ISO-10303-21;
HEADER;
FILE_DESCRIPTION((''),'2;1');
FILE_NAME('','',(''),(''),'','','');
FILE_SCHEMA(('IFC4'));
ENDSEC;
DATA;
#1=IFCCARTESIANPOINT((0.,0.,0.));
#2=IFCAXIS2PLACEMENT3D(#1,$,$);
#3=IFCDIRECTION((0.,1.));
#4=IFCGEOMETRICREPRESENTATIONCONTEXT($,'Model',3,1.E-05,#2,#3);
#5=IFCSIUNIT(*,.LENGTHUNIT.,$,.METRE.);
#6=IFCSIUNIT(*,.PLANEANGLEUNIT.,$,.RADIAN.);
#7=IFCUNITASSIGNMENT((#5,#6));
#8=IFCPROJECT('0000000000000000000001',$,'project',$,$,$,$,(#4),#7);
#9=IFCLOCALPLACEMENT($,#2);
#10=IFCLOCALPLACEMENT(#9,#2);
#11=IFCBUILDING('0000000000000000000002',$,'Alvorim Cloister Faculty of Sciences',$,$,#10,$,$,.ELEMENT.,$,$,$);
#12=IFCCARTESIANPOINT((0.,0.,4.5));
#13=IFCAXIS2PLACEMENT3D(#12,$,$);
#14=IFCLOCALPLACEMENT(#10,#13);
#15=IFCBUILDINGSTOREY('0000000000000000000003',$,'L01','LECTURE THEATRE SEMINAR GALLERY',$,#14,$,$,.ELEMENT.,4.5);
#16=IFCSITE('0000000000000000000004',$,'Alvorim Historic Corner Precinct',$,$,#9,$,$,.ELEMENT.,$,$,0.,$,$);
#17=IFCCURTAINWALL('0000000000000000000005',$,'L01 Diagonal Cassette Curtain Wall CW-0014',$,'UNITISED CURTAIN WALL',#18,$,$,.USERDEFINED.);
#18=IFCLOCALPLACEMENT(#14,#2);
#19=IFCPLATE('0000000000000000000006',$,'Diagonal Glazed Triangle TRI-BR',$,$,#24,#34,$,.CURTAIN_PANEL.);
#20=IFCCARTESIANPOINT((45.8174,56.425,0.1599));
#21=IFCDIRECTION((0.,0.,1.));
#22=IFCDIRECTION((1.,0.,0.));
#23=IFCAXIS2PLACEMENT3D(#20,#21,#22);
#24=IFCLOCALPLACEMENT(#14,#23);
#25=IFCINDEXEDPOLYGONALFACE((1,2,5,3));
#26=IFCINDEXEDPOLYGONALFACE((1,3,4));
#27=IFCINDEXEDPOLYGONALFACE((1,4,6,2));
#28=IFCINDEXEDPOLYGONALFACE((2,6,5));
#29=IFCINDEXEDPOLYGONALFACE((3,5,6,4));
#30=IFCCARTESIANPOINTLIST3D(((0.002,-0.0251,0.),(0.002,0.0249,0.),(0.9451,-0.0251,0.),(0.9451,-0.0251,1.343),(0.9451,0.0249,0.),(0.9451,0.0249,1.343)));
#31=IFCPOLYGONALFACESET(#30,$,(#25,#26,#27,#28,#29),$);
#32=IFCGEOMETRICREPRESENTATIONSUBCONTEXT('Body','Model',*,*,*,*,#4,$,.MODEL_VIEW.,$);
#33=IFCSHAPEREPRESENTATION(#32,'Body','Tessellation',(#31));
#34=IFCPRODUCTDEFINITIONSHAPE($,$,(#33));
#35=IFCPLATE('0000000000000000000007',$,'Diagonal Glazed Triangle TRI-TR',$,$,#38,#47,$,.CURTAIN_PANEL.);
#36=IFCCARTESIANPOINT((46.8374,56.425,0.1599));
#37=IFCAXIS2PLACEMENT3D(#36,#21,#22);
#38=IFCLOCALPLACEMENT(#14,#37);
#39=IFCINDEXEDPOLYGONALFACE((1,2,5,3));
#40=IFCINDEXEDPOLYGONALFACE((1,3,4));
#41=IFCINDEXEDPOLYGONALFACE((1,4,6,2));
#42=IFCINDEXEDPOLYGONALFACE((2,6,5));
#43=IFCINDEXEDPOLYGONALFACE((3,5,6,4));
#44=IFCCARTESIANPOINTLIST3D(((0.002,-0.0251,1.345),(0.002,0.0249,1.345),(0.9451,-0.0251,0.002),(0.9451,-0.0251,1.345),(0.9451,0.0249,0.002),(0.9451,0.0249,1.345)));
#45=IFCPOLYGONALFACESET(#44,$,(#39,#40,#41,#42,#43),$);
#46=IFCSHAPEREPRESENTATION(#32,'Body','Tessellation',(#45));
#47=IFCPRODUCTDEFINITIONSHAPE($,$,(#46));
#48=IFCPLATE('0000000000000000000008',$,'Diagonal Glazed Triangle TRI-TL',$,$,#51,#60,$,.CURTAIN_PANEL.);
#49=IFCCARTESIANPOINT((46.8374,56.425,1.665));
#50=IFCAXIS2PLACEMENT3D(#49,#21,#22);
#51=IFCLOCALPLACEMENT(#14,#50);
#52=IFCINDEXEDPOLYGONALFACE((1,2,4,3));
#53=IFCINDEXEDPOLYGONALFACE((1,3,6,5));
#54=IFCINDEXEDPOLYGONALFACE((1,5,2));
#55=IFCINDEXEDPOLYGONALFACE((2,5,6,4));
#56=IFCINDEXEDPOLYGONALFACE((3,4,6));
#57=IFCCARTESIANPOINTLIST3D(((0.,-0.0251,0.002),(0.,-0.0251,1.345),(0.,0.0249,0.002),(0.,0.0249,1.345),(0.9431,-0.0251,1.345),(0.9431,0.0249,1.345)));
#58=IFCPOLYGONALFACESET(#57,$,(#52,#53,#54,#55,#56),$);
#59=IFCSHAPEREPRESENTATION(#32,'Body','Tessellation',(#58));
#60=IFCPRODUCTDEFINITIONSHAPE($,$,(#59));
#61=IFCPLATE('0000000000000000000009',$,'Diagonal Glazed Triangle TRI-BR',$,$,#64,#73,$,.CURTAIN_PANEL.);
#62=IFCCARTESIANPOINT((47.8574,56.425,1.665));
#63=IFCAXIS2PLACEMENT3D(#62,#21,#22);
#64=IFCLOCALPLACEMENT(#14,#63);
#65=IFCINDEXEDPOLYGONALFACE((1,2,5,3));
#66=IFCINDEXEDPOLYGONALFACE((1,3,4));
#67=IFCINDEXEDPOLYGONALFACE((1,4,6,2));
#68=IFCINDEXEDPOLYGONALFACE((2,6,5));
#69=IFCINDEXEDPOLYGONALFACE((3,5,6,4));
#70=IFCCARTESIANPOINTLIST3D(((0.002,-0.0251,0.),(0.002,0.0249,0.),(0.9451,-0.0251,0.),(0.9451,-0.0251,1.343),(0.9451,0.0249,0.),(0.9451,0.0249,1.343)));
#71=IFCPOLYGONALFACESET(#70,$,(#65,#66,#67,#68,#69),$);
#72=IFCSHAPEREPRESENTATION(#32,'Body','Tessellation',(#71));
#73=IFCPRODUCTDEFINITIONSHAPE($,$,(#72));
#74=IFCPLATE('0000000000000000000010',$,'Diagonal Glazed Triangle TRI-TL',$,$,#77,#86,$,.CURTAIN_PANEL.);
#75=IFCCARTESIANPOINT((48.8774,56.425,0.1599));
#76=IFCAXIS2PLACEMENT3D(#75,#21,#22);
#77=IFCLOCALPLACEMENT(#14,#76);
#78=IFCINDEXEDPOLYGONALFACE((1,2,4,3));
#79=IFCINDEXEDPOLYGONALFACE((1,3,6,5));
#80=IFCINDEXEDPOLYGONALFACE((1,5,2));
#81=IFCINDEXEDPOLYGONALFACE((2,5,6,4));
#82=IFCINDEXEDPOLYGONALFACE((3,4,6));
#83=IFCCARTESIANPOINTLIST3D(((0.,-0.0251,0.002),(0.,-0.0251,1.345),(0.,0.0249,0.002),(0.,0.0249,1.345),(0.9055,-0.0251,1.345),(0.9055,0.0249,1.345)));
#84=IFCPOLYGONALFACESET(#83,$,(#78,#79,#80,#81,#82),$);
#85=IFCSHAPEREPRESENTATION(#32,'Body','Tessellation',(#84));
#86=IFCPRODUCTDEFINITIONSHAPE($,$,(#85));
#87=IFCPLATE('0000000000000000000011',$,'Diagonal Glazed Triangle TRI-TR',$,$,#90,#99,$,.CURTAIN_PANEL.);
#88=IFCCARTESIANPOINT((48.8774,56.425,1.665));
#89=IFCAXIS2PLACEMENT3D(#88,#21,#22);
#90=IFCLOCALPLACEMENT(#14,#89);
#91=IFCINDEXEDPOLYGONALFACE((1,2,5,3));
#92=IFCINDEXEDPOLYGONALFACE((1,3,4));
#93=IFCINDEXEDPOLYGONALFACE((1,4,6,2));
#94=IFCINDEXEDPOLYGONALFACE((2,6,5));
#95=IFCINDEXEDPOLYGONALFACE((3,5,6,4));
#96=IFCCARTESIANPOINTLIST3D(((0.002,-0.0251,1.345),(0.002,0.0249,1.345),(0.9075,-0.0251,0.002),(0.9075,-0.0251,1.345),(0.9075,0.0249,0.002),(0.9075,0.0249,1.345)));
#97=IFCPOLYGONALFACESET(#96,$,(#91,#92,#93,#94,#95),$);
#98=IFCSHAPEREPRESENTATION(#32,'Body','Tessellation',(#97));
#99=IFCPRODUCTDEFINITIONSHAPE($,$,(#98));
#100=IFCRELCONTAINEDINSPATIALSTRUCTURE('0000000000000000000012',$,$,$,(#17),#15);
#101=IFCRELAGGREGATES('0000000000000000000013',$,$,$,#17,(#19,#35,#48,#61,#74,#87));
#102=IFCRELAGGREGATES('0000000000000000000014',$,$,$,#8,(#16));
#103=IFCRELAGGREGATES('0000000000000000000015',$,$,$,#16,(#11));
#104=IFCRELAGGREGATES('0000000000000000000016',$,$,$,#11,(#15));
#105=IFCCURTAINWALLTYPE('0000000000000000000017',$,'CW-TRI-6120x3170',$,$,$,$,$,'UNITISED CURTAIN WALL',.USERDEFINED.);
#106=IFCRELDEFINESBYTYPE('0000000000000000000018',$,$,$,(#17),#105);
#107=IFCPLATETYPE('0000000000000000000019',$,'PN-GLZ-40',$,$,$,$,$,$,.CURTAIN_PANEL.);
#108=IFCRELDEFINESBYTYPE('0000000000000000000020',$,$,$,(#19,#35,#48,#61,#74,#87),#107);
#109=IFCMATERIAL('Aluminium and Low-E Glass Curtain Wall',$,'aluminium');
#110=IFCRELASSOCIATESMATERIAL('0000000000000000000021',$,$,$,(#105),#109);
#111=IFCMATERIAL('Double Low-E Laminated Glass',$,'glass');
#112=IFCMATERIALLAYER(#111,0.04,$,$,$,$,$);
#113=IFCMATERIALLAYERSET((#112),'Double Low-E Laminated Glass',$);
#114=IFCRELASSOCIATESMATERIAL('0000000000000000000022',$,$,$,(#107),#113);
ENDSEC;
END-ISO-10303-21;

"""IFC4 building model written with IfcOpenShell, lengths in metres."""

from ifc_helpers import new_model, si_unit, direction, frame, origin, place, context, subcontext, project, spatial, polyline, outline, extrude, material, layer, layer_set, type_object, element, aggregate, save


model = new_model("IFC4")

# Units and contexts
model_context = context("Model", 3, precision=1e-05, world=origin(), true_north=direction((0.0, 1.0)))
body_context = subcontext(model_context, "Body", "Model", "MODEL_VIEW")
ifc_project = project(units=[si_unit("LENGTHUNIT", "METRE"), si_unit("PLANEANGLEUNIT", "RADIAN")], contexts=[model_context])

# Site, building, storey
site_placement = place(None, origin())
site = spatial("IfcSite", under=ifc_project, at=site_placement, Name="Alvorim Historic Corner Precinct", CompositionType="ELEMENT", RefElevation=0.0)
building_placement = place(site_placement, origin())
building = spatial("IfcBuilding", under=site, at=building_placement, Name="Alvorim Cloister Faculty of Sciences", CompositionType="ELEMENT")
storey_placement = place(building_placement, frame((0.0, 0.0, 4.5)))
storey = spatial("IfcBuildingStorey", under=building, at=storey_placement, Name="L01", Description="LECTURE THEATRE SEMINAR GALLERY", CompositionType="ELEMENT", Elevation=4.5)

# Curtain wall, plates
ifc_material_1 = material(Name="Aluminium and Low-E Glass Curtain Wall", Category="aluminium")
curtain_wall_type = type_object("IfcCurtainWallType", Name="CW-TRI-6120x3170", ElementType="UNITISED CURTAIN WALL", PredefinedType="USERDEFINED", material=ifc_material_1)
curtain_wall_placement = place(storey_placement, origin())
curtain_wall = element("IfcCurtainWall", 1, at=curtain_wall_placement, inside=storey, type_object=curtain_wall_type, Name="L01 Diagonal Cassette Curtain Wall CW-0014", ObjectType="UNITISED CURTAIN WALL", PredefinedType="USERDEFINED")
ifc_material_2 = material(Name="Double Low-E Laminated Glass", Category="glass")
ifc_layer = layer(ifc_material_2, 0.04)
ifc_layer_set = layer_set([ifc_layer], Name="Double Low-E Laminated Glass")
plate_type = type_object("IfcPlateType", Name="PN-GLZ-40", PredefinedType="CURTAIN_PANEL", material=ifc_layer_set)
plate_1_placement = place(storey_placement, frame((45.8174, 56.425, 0.1599), z_axis=(0.0, 0.0, 1.0), x_axis=(1.0, 0.0, 0.0)))
plate_1 = element("IfcPlate", 2, at=plate_1_placement, type_object=plate_type, Name="Diagonal Glazed Triangle TRI-BR", PredefinedType="CURTAIN_PANEL", context=body_context, shape_type="SweptSolid", body=[
    extrude(outline(polyline([(0.002, 0.0), (0.9451, 0.0), (0.9451, 1.343), (0.002, 0.0)])), frame((0.0, 0.0249, 0.0), z_axis=(0.0, -1.0, 0.0), x_axis=(1.0, 0.0, 0.0)), (0.0, 0.0, 1.0), 0.05),
])
plate_2_placement = place(storey_placement, frame((46.8374, 56.425, 0.1599), z_axis=(0.0, 0.0, 1.0), x_axis=(1.0, 0.0, 0.0)))
plate_2 = element("IfcPlate", 3, at=plate_2_placement, type_object=plate_type, Name="Diagonal Glazed Triangle TRI-TR", PredefinedType="CURTAIN_PANEL", context=body_context, shape_type="SweptSolid", body=[
    extrude(outline(polyline([(0.9451, 0.002), (0.9451, 1.345), (0.002, 1.345), (0.9451, 0.002)])), frame((0.0, 0.0249, 0.0), z_axis=(0.0, -1.0, 0.0), x_axis=(1.0, 0.0, 0.0)), (0.0, 0.0, 1.0), 0.05),
])
plate_3_placement = place(storey_placement, frame((46.8374, 56.425, 1.665), z_axis=(0.0, 0.0, 1.0), x_axis=(1.0, 0.0, 0.0)))
plate_3 = element("IfcPlate", 4, at=plate_3_placement, type_object=plate_type, Name="Diagonal Glazed Triangle TRI-TL", PredefinedType="CURTAIN_PANEL", context=body_context, shape_type="SweptSolid", body=[
    extrude(outline(polyline([(0.9431, 1.345), (0.0, 1.345), (0.0, 0.002), (0.9431, 1.345)])), frame((0.0, 0.0249, 0.0), z_axis=(0.0, -1.0, 0.0), x_axis=(1.0, 0.0, 0.0)), (0.0, 0.0, 1.0), 0.05),
])
plate_4_placement = place(storey_placement, frame((47.8574, 56.425, 1.665), z_axis=(0.0, 0.0, 1.0), x_axis=(1.0, 0.0, 0.0)))
plate_4 = element("IfcPlate", 5, at=plate_4_placement, type_object=plate_type, Name="Diagonal Glazed Triangle TRI-BR", PredefinedType="CURTAIN_PANEL", context=body_context, shape_type="SweptSolid", body=[
    extrude(outline(polyline([(0.002, 0.0), (0.9451, 0.0), (0.9451, 1.343), (0.002, 0.0)])), frame((0.0, 0.0249, 0.0), z_axis=(0.0, -1.0, 0.0), x_axis=(1.0, 0.0, 0.0)), (0.0, 0.0, 1.0), 0.05),
])
plate_5_placement = place(storey_placement, frame((48.8774, 56.425, 0.1599), z_axis=(0.0, 0.0, 1.0), x_axis=(1.0, 0.0, 0.0)))
plate_5 = element("IfcPlate", 6, at=plate_5_placement, type_object=plate_type, Name="Diagonal Glazed Triangle TRI-TL", PredefinedType="CURTAIN_PANEL", context=body_context, shape_type="SweptSolid", body=[
    extrude(outline(polyline([(0.9055, 1.345), (0.0, 1.345), (0.0, 0.002), (0.9055, 1.345)])), frame((0.0, 0.0249, 0.0), z_axis=(0.0, -1.0, 0.0), x_axis=(1.0, 0.0, 0.0)), (0.0, 0.0, 1.0), 0.05),
])
plate_6_placement = place(storey_placement, frame((48.8774, 56.425, 1.665), z_axis=(0.0, 0.0, 1.0), x_axis=(1.0, 0.0, 0.0)))
plate_6 = element("IfcPlate", 7, at=plate_6_placement, type_object=plate_type, Name="Diagonal Glazed Triangle TRI-TR", PredefinedType="CURTAIN_PANEL", context=body_context, shape_type="SweptSolid", body=[
    extrude(outline(polyline([(0.9075, 0.002), (0.9075, 1.345), (0.002, 1.345), (0.9075, 0.002)])), frame((0.0, 0.0249, 0.0), z_axis=(0.0, -1.0, 0.0), x_axis=(1.0, 0.0, 0.0)), (0.0, 0.0, 1.0), 0.05),
])
aggregate(curtain_wall, [plate_1, plate_2, plate_3, plate_4, plate_5, plate_6])

save(model, "model.ifc")
